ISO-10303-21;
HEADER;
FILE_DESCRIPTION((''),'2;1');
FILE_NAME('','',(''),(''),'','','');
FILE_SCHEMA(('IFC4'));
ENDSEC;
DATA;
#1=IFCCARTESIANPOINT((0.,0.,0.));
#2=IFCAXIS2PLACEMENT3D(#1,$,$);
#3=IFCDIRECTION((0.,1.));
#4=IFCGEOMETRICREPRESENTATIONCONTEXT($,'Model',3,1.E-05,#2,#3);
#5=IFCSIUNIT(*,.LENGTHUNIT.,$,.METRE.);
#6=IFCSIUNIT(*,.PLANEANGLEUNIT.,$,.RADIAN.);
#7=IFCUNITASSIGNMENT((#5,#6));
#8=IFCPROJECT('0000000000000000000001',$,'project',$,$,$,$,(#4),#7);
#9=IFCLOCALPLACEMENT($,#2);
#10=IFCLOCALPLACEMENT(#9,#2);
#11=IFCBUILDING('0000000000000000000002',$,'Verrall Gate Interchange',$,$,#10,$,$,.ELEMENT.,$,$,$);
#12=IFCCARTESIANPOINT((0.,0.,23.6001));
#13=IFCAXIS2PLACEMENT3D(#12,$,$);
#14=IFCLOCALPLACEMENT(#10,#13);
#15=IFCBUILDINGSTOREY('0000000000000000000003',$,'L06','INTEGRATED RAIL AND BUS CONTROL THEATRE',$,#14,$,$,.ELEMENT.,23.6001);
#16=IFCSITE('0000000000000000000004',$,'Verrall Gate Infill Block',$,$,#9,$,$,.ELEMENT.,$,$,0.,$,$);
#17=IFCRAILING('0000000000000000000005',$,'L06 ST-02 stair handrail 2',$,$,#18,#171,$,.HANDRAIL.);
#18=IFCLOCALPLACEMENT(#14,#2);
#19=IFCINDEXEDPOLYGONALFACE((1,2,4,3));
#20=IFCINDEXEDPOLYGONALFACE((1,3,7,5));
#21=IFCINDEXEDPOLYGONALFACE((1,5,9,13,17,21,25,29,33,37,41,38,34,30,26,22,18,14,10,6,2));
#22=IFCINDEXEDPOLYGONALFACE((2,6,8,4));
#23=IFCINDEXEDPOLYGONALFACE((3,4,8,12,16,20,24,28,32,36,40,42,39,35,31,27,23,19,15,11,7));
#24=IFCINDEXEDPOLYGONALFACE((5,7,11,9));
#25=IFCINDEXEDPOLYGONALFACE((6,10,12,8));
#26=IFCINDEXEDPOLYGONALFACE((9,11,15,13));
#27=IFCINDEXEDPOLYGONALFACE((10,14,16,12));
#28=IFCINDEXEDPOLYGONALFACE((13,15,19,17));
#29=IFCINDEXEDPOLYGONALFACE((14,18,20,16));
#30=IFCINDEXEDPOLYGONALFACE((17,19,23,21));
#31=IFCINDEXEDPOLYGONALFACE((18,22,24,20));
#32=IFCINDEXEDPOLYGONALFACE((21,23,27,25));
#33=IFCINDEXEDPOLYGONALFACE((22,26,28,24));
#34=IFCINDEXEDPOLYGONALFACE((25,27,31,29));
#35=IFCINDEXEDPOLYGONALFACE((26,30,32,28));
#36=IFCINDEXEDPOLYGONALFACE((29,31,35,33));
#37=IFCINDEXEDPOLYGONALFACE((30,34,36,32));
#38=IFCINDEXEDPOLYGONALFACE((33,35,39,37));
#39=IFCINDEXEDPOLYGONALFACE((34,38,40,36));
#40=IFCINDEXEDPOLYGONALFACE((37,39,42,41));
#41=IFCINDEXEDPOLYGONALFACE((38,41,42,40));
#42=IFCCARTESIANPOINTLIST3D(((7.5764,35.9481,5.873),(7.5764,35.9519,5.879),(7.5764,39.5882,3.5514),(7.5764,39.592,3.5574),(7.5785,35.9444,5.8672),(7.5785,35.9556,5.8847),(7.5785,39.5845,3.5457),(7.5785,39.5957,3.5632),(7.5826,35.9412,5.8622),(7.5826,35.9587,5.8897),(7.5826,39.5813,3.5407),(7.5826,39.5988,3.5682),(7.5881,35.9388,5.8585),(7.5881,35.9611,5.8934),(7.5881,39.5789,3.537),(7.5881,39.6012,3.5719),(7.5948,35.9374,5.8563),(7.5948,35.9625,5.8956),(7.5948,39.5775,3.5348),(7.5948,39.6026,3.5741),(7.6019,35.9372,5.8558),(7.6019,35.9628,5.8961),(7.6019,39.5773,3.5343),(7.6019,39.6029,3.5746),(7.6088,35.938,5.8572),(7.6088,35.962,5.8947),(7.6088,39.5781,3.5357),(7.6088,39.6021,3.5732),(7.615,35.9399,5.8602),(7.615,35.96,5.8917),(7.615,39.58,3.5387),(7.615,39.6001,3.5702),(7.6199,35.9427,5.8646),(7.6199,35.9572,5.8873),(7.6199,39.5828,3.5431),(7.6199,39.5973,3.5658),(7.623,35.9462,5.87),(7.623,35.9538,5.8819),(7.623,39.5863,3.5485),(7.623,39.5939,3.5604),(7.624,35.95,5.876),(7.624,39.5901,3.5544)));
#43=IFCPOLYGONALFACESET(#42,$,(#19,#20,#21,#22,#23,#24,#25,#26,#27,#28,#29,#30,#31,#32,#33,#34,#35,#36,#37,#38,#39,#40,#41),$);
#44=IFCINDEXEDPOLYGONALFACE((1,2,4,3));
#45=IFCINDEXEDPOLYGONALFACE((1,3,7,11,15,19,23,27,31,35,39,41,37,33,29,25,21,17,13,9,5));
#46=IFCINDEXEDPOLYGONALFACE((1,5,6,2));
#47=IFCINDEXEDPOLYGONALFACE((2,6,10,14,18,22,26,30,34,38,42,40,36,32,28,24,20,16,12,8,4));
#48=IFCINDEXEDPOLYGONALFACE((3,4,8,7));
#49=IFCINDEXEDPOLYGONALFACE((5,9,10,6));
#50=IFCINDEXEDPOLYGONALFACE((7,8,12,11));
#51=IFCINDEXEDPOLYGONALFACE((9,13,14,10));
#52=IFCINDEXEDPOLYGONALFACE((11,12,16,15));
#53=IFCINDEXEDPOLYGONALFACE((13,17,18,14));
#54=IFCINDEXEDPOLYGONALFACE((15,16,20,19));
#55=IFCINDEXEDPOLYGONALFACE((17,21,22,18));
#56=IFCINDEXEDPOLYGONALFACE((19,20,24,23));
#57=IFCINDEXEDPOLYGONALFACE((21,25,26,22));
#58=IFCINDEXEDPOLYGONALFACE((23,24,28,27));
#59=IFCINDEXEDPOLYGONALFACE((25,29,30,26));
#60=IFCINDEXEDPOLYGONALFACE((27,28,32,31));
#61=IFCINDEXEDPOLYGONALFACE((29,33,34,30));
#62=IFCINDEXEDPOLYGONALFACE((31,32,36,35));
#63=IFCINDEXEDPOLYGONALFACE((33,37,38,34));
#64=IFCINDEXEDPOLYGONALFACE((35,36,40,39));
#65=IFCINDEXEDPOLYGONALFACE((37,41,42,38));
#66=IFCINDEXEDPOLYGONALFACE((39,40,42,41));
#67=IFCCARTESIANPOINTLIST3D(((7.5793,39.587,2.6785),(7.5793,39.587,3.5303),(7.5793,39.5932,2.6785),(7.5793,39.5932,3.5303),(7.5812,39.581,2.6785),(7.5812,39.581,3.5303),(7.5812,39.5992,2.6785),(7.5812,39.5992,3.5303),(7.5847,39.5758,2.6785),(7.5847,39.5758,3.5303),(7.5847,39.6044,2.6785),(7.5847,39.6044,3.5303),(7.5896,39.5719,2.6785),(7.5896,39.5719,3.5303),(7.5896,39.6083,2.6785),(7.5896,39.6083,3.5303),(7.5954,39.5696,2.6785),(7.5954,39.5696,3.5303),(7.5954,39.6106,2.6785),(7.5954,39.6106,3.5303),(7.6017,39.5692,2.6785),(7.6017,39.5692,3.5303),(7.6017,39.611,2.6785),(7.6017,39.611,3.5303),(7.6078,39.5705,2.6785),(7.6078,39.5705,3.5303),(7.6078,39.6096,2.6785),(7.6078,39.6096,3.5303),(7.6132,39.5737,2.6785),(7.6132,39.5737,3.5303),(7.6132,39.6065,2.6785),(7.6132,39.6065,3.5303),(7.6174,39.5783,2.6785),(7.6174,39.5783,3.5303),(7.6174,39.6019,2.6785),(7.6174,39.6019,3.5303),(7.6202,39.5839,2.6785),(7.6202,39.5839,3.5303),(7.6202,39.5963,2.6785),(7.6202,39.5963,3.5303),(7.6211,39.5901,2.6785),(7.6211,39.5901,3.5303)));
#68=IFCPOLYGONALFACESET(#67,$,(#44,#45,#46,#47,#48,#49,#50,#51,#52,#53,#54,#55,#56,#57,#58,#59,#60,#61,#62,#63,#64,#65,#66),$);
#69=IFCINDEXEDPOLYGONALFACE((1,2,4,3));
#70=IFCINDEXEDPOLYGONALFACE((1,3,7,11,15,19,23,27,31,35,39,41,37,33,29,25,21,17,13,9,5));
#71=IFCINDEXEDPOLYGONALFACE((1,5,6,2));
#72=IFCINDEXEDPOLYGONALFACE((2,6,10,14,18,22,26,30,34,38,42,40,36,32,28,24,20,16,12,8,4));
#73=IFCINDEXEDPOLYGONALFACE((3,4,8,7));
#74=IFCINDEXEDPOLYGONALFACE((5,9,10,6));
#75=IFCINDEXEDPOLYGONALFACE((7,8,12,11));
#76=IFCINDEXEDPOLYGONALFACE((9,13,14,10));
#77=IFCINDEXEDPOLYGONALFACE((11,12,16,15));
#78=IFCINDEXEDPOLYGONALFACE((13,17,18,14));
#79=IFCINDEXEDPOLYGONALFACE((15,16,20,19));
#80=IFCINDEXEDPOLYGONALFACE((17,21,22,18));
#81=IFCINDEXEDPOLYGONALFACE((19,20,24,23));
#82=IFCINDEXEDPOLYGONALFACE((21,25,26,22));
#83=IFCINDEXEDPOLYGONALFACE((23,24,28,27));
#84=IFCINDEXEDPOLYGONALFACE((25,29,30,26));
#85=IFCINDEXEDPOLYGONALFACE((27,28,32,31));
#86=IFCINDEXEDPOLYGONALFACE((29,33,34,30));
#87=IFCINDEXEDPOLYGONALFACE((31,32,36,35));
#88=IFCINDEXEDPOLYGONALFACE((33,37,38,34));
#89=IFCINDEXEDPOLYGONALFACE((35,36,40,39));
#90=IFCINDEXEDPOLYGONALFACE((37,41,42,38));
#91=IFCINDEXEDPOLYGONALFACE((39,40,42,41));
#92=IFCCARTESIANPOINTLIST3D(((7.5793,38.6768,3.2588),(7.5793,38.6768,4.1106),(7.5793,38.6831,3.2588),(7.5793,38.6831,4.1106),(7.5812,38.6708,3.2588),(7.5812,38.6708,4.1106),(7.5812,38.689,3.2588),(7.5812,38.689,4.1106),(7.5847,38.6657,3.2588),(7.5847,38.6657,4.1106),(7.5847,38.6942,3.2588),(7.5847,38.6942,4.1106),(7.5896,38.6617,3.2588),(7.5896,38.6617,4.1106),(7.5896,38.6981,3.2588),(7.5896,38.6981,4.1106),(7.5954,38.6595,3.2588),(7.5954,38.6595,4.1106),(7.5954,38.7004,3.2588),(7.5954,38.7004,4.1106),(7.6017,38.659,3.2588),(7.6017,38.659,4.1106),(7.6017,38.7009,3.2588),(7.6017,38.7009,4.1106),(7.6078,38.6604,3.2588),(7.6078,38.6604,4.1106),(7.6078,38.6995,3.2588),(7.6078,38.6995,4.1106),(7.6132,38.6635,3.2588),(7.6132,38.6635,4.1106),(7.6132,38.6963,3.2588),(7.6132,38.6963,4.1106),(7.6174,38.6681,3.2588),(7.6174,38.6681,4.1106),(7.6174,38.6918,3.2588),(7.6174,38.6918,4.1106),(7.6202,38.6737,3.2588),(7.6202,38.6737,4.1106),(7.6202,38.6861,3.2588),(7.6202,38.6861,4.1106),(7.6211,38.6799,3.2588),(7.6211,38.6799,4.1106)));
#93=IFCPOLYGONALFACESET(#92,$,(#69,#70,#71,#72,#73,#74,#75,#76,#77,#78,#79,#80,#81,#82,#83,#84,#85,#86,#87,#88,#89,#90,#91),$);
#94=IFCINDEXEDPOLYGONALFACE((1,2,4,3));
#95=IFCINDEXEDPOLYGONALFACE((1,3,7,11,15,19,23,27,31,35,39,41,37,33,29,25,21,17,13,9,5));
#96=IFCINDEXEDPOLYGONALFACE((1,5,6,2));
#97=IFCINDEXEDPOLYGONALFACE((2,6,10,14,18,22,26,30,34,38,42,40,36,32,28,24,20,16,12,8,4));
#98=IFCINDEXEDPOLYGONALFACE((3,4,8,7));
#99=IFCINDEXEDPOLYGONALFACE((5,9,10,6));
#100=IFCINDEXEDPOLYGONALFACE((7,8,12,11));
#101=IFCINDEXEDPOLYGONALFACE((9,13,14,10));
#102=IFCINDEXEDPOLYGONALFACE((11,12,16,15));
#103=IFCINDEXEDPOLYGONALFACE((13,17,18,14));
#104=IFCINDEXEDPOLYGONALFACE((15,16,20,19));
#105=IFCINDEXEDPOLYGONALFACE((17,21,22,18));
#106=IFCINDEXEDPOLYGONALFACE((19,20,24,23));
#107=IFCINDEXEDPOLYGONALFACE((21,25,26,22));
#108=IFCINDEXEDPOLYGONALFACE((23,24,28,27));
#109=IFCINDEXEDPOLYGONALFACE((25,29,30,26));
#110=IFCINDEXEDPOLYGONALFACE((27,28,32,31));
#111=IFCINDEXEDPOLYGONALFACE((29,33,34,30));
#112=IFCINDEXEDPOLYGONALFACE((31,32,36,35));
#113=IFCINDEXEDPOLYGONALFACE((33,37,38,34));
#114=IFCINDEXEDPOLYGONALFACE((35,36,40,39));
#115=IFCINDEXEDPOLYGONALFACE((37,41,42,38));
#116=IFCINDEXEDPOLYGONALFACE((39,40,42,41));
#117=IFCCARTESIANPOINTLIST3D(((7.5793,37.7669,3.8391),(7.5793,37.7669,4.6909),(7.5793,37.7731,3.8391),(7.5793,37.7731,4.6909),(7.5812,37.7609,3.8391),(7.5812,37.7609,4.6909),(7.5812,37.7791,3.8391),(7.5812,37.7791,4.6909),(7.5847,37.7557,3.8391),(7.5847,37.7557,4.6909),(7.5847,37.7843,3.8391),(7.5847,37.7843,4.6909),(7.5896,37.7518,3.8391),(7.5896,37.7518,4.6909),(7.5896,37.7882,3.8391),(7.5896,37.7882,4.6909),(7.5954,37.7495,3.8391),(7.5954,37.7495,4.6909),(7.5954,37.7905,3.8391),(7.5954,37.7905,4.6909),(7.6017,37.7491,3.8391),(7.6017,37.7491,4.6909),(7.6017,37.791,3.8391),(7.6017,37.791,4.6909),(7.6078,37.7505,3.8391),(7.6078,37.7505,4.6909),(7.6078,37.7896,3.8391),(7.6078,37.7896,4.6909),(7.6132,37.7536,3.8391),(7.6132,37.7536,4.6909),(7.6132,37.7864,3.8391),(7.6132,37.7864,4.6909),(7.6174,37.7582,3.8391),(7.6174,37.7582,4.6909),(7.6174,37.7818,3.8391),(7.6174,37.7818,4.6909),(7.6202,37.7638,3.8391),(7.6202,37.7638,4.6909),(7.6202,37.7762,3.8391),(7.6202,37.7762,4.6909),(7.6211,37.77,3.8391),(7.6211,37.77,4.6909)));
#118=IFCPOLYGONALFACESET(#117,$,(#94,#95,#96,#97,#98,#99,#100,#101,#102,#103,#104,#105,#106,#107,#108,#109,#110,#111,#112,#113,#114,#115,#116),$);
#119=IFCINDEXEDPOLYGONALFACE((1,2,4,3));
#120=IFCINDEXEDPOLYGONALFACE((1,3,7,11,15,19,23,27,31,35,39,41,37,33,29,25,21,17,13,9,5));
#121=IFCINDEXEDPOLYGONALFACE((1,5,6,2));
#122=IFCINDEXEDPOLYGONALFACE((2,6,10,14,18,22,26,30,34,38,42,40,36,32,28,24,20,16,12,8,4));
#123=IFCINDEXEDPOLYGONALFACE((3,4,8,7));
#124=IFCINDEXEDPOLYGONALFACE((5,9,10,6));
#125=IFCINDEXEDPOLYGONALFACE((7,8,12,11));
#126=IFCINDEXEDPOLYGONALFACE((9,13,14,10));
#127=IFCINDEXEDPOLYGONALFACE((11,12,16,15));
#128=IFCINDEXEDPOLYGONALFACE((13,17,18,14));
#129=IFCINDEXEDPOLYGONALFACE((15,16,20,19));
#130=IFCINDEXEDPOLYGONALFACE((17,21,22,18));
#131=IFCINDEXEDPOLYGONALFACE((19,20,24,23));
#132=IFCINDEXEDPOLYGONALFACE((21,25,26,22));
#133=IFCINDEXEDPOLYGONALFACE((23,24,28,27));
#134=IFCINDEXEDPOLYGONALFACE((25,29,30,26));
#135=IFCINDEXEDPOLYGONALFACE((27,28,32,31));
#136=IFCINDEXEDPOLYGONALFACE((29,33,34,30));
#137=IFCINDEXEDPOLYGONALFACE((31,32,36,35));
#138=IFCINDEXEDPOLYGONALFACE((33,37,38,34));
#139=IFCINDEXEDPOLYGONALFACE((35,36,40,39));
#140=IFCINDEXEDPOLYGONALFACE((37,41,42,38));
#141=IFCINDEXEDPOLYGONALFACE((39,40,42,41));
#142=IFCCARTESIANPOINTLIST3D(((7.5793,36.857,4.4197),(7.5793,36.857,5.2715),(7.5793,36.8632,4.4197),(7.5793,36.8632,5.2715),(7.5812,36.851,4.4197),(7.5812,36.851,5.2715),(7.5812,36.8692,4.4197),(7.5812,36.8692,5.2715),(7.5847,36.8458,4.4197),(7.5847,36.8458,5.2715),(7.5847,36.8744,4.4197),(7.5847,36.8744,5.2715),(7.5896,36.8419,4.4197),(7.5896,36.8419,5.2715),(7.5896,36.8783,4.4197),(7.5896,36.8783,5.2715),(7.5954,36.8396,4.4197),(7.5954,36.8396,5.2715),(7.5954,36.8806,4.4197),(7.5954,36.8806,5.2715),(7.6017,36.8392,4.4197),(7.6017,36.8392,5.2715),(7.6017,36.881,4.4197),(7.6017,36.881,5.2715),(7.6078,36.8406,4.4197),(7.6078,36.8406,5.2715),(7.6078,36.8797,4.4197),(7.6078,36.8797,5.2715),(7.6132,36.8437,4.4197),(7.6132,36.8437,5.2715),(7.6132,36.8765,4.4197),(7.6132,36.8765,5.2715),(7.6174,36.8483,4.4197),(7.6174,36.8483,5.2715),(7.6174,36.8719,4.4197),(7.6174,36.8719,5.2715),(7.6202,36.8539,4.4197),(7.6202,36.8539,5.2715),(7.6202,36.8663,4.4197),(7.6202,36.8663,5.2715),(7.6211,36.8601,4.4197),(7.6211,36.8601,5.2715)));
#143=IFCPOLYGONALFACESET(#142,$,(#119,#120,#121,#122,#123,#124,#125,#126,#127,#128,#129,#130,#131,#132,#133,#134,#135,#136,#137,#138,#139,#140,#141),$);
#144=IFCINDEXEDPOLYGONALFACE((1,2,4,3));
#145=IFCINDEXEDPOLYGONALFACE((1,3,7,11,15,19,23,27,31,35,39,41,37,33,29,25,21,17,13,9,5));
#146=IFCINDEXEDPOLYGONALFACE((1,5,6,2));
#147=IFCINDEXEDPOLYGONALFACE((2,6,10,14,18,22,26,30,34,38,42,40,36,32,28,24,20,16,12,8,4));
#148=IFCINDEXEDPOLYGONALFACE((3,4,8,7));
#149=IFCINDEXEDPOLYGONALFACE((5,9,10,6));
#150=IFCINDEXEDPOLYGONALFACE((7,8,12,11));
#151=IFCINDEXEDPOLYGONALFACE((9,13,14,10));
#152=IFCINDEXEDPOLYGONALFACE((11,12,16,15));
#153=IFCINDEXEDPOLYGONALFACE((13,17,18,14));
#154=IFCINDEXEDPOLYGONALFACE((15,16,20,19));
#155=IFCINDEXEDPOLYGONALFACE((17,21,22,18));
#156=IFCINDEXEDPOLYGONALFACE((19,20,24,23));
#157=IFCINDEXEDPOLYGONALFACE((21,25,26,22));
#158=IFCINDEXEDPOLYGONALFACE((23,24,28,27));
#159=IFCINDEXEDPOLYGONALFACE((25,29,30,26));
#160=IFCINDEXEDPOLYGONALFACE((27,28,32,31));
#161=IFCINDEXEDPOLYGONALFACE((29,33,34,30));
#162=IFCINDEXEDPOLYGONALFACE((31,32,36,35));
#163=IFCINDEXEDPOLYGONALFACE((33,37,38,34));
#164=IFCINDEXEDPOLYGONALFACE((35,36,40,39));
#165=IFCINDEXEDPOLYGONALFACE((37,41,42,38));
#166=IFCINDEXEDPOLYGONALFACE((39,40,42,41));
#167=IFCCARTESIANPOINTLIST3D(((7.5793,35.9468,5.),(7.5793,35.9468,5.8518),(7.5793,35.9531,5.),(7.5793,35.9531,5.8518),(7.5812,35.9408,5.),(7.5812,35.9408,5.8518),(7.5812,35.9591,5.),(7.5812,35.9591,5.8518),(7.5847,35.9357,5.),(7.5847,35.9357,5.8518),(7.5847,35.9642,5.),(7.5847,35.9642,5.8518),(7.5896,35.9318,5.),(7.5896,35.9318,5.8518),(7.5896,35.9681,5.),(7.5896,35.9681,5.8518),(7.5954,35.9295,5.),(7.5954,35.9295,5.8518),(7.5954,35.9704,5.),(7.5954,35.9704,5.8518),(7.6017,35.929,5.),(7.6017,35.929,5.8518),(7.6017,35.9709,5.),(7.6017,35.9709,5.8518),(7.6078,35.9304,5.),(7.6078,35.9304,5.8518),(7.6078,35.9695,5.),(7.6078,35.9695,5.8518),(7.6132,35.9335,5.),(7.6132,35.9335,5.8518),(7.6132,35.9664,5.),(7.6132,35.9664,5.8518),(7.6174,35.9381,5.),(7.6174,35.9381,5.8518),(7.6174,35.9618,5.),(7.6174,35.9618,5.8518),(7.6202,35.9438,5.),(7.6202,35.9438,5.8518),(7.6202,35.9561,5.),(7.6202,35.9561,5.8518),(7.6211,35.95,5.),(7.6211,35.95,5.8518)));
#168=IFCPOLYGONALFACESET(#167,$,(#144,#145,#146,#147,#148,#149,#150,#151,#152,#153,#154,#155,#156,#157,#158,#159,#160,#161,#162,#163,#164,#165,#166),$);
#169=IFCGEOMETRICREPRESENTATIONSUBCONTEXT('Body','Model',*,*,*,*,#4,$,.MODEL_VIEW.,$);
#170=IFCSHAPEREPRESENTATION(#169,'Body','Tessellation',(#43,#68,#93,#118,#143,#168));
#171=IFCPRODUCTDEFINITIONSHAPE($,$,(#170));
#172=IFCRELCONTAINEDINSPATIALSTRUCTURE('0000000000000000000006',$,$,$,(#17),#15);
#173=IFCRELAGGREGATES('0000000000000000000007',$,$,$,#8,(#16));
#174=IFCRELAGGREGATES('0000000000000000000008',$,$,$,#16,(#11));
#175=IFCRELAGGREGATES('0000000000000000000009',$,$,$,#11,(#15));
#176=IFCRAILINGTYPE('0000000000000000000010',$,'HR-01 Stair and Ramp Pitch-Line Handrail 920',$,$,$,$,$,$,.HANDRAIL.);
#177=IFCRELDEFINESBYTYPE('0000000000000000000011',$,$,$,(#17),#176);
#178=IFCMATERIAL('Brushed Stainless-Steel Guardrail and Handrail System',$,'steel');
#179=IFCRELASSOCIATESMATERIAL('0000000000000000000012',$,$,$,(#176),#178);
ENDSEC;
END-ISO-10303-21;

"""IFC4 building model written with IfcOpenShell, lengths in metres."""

from ifc_helpers import new_model, si_unit, direction, frame, origin, origin_2d, place, context, subcontext, project, spatial, circle, extrude, material, type_object, element, save


model = new_model("IFC4")

# Units and contexts
model_context = context("Model", 3, precision=1e-05, world=origin(), true_north=direction((0.0, 1.0)))
body_context = subcontext(model_context, "Body", "Model", "MODEL_VIEW")
ifc_project = project(units=[si_unit("LENGTHUNIT", "METRE"), si_unit("PLANEANGLEUNIT", "RADIAN")], contexts=[model_context])

# Site, building, storey
site_placement = place(None, origin())
site = spatial("IfcSite", under=ifc_project, at=site_placement, Name="Verrall Gate Infill Block", CompositionType="ELEMENT", RefElevation=0.0)
building_placement = place(site_placement, origin())
building = spatial("IfcBuilding", under=site, at=building_placement, Name="Verrall Gate Interchange", CompositionType="ELEMENT")
storey_placement = place(building_placement, frame((0.0, 0.0, 23.6001)))
storey = spatial("IfcBuildingStorey", under=building, at=storey_placement, Name="L06", Description="INTEGRATED RAIL AND BUS CONTROL THEATRE", CompositionType="ELEMENT", Elevation=23.6001)

# Railing
ifc_material_1 = material(Name="Brushed Stainless-Steel Guardrail and Handrail System", Category="steel")
railing_type_1 = type_object("IfcRailingType", Name="HR-01 Stair and Ramp Pitch-Line Handrail 920", PredefinedType="HANDRAIL", material=ifc_material_1)
railing_1_placement = place(storey_placement, frame((7.6001, 39.5901, 2.6785)))
element("IfcRailing", 1, at=railing_1_placement, inside=storey, type_object=railing_type_1, Name="L06 ST-02 stair handrail 2", PredefinedType="HANDRAIL", context=body_context, shape_type="SweptSolid", body=[
    extrude(circle(Radius=0.0239, at=origin_2d()), frame((0.0, 0.0, 0.876), z_axis=(0.0, -0.843128, 0.537713), x_axis=(1.0, 0.0, 0.0)), (0.0, 0.0, 1.0), 4.3174),
    extrude(circle(Radius=0.021, at=origin_2d()), origin(), (0.0, 0.0, 1.0), 0.8518),
    extrude(circle(Radius=0.021, at=origin_2d()), frame((0.0, -0.9102, 0.5803)), (0.0, 0.0, 1.0), 0.8518),
    extrude(circle(Radius=0.021, at=origin_2d()), frame((0.0, -1.8201, 1.1606)), (0.0, 0.0, 1.0), 0.8518),
    extrude(circle(Radius=0.021, at=origin_2d()), frame((0.0, -2.73, 1.7412)), (0.0, 0.0, 1.0), 0.8518),
    extrude(circle(Radius=0.021, at=origin_2d()), frame((0.0, -3.6401, 2.3215)), (0.0, 0.0, 1.0), 0.8518),
])

save(model, "model.ifc")
